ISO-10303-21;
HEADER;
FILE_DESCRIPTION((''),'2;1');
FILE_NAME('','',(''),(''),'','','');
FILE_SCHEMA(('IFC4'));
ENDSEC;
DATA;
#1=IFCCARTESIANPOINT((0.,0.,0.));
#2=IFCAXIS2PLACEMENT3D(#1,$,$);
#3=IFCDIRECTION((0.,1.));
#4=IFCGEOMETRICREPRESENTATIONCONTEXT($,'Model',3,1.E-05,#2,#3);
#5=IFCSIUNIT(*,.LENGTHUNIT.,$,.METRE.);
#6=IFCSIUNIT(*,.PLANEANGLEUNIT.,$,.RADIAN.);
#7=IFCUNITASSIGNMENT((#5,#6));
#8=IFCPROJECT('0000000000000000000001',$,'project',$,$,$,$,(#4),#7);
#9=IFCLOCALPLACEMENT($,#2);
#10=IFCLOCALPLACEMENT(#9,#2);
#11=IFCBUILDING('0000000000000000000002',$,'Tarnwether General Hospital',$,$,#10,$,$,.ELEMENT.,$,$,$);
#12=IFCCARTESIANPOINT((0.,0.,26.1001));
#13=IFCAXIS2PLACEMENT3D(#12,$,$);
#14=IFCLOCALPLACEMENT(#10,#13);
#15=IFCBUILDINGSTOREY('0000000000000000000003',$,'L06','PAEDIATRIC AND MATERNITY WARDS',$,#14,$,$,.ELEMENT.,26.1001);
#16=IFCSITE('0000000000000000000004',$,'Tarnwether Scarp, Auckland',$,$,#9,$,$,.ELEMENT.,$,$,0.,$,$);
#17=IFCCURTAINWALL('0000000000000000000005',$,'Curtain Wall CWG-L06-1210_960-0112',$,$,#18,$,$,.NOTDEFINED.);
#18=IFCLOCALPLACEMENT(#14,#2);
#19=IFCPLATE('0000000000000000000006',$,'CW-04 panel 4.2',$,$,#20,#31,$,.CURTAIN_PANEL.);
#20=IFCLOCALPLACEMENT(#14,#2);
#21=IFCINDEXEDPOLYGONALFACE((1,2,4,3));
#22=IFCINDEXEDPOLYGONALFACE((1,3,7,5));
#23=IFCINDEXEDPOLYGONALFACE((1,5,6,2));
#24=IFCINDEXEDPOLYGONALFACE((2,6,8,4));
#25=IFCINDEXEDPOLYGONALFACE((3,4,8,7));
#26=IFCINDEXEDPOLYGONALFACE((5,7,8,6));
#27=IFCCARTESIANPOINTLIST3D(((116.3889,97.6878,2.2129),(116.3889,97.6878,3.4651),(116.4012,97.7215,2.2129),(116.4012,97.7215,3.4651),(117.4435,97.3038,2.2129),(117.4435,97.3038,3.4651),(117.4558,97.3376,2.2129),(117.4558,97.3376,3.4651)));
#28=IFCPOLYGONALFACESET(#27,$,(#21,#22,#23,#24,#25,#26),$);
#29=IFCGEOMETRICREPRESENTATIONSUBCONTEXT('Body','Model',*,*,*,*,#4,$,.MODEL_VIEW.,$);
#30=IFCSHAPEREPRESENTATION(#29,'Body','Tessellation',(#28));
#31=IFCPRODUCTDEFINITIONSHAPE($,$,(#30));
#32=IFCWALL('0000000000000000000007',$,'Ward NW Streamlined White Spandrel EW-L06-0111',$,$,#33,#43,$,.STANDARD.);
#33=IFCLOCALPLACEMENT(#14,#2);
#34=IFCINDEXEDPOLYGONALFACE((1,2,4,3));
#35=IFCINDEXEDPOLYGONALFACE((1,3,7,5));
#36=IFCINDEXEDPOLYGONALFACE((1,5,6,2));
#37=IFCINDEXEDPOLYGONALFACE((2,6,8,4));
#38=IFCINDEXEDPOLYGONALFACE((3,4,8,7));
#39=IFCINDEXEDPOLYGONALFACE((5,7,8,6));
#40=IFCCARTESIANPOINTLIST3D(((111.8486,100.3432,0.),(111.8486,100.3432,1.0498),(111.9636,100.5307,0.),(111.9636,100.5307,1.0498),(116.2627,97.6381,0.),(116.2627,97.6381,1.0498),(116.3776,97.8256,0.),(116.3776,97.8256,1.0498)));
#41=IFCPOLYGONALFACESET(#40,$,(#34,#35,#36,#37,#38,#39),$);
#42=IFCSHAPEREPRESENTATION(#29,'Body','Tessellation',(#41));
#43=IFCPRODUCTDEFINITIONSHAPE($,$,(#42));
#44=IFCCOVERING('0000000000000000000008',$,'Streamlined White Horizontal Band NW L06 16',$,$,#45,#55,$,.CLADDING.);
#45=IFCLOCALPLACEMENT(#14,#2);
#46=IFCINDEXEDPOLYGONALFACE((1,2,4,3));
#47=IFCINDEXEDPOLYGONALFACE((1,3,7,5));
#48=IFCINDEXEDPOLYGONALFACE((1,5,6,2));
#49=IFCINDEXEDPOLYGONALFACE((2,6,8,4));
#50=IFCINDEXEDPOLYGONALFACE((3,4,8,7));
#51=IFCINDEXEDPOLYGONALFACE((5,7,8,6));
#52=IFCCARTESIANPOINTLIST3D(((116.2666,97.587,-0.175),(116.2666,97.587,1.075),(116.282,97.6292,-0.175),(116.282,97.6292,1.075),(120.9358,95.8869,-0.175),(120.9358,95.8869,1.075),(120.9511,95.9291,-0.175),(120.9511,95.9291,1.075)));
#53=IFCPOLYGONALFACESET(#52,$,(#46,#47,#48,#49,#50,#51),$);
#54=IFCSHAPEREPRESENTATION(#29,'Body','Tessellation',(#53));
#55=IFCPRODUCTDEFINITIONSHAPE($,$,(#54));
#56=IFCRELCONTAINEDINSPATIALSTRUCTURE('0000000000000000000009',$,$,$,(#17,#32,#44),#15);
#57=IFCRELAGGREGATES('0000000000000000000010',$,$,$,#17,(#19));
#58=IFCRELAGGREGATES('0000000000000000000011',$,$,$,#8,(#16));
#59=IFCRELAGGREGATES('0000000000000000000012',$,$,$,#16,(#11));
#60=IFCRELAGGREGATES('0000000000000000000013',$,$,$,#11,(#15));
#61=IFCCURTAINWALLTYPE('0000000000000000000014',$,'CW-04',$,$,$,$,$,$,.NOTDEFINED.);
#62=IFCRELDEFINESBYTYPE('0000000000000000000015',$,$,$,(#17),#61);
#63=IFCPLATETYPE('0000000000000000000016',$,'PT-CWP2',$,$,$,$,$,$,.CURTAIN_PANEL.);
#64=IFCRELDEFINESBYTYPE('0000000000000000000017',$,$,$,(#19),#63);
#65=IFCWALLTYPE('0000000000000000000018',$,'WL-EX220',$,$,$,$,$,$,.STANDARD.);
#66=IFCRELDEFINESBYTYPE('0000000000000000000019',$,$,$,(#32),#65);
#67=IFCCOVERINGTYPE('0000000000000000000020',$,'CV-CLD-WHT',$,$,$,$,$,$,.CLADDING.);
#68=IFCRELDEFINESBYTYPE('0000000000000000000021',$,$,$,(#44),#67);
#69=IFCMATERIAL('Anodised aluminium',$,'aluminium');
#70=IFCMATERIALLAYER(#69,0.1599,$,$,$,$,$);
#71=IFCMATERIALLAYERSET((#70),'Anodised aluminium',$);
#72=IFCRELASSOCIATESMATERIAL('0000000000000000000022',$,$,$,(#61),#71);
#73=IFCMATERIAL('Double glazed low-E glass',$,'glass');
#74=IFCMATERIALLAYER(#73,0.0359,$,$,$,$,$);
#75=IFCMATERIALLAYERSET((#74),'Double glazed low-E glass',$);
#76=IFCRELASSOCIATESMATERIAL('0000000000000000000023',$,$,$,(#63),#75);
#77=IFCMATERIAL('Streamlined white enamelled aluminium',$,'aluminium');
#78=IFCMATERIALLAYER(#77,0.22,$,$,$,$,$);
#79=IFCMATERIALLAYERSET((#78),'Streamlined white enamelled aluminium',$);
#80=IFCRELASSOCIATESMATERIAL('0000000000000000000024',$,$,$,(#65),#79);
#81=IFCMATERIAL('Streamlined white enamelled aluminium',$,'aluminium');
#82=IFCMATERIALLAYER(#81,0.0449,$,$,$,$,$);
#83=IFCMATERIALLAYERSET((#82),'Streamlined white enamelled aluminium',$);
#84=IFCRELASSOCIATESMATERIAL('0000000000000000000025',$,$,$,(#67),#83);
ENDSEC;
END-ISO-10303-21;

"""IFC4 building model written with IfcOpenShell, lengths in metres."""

from ifc_helpers import new_model, si_unit, direction, frame, frame_2d, origin, origin_2d, place, context, subcontext, project, spatial, rectangle, extrude, material, layer, layer_set, type_object, element, aggregate, save


model = new_model("IFC4")

# Units and contexts
model_context = context("Model", 3, precision=1e-05, world=origin(), true_north=direction((0.0, 1.0)))
body_context = subcontext(model_context, "Body", "Model", "MODEL_VIEW")
ifc_project = project(units=[si_unit("LENGTHUNIT", "METRE"), si_unit("PLANEANGLEUNIT", "RADIAN")], contexts=[model_context])

# Site, building, storey
site_placement = place(None, origin())
site = spatial("IfcSite", under=ifc_project, at=site_placement, Name="Tarnwether Scarp, Auckland", CompositionType="ELEMENT", RefElevation=0.0)
building_placement = place(site_placement, origin())
building = spatial("IfcBuilding", under=site, at=building_placement, Name="Tarnwether General Hospital", CompositionType="ELEMENT")
storey_placement = place(building_placement, frame((0.0, 0.0, 26.1001)))
storey = spatial("IfcBuildingStorey", under=building, at=storey_placement, Name="L06", Description="PAEDIATRIC AND MATERNITY WARDS", CompositionType="ELEMENT", Elevation=26.1001)

# Shared definitions
ifc_material_1 = material(Name="Anodised aluminium", Category="aluminium")
ifc_layer_1 = layer(ifc_material_1, 0.1599)
ifc_layer_set_1 = layer_set([ifc_layer_1], Name="Anodised aluminium")
curtain_wall_type = type_object("IfcCurtainWallType", Name="CW-04", PredefinedType="NOTDEFINED", material=ifc_layer_set_1)

# Curtain wall
curtain_wall_1_placement = place(storey_placement, origin())
curtain_wall_1 = element("IfcCurtainWall", 1, at=curtain_wall_1_placement, inside=storey, type_object=curtain_wall_type, Name="Curtain Wall CWG-L06-1210_960-0112", PredefinedType="NOTDEFINED")

# Plate
ifc_material_2 = material(Name="Double glazed low-E glass", Category="glass")
ifc_layer_2 = layer(ifc_material_2, 0.0359)
ifc_layer_set_2 = layer_set([ifc_layer_2], Name="Double glazed low-E glass")
plate_type_1 = type_object("IfcPlateType", Name="PT-CWP2", PredefinedType="CURTAIN_PANEL", material=ifc_layer_set_2)
plate_1_placement = place(storey_placement, frame((116.9224, 97.5127, 2.2129), z_axis=(0.0, 0.0, 1.0), x_axis=(-0.939652, 0.342131, 0.0)))
plate_1 = element("IfcPlate", 2, at=plate_1_placement, type_object=plate_type_1, Name="CW-04 panel 4.2", PredefinedType="CURTAIN_PANEL", context=body_context, shape_type="SweptSolid", body=[
    extrude(rectangle(XDim=1.1223, YDim=0.0359, at=origin_2d()), origin(), (0.0, 0.0, 1.0), 1.2522),
])
aggregate(curtain_wall_1, [plate_1])

# Wall
ifc_material_3 = material(Name="Streamlined white enamelled aluminium", Category="aluminium")
ifc_layer_3 = layer(ifc_material_3, 0.22)
ifc_layer_set_3 = layer_set([ifc_layer_3], Name="Streamlined white enamelled aluminium")
wall_type = type_object("IfcWallType", Name="WL-EX220", PredefinedType="STANDARD", material=ifc_layer_set_3)
wall_placement = place(storey_placement, frame((116.3201, 97.7319, 0.0), z_axis=(0.0, 0.0, 1.0), x_axis=(-0.852628, 0.522518, 0.0)))
element("IfcWall", 3, at=wall_placement, inside=storey, type_object=wall_type, Name="Ward NW Streamlined White Spandrel EW-L06-0111", PredefinedType="STANDARD", context=body_context, shape_type="SweptSolid", body=[
    extrude(rectangle(XDim=5.177, YDim=0.22, at=frame_2d((2.5884, 0.0))), origin(), (0.0, 0.0, 1.0), 1.0498),
])

# Covering
ifc_material_4 = material(Name="Streamlined white enamelled aluminium", Category="aluminium")
ifc_layer_4 = layer(ifc_material_4, 0.0449)
ifc_layer_set_4 = layer_set([ifc_layer_4], Name="Streamlined white enamelled aluminium")
covering_type = type_object("IfcCoveringType", Name="CV-CLD-WHT", PredefinedType="CLADDING", material=ifc_layer_set_4)
covering_placement = place(storey_placement, frame((118.6089, 96.7581, -0.175), z_axis=(0.0, 0.0, 1.0), x_axis=(-0.939651, 0.342135, 0.0)))
element("IfcCovering", 4, at=covering_placement, inside=storey, type_object=covering_type, Name="Streamlined White Horizontal Band NW L06 16", PredefinedType="CLADDING", context=body_context, shape_type="SweptSolid", body=[
    extrude(rectangle(XDim=4.969, YDim=0.0449, at=origin_2d()), origin(), (0.0, 0.0, 1.0), 1.25),
])

save(model, "model.ifc")
